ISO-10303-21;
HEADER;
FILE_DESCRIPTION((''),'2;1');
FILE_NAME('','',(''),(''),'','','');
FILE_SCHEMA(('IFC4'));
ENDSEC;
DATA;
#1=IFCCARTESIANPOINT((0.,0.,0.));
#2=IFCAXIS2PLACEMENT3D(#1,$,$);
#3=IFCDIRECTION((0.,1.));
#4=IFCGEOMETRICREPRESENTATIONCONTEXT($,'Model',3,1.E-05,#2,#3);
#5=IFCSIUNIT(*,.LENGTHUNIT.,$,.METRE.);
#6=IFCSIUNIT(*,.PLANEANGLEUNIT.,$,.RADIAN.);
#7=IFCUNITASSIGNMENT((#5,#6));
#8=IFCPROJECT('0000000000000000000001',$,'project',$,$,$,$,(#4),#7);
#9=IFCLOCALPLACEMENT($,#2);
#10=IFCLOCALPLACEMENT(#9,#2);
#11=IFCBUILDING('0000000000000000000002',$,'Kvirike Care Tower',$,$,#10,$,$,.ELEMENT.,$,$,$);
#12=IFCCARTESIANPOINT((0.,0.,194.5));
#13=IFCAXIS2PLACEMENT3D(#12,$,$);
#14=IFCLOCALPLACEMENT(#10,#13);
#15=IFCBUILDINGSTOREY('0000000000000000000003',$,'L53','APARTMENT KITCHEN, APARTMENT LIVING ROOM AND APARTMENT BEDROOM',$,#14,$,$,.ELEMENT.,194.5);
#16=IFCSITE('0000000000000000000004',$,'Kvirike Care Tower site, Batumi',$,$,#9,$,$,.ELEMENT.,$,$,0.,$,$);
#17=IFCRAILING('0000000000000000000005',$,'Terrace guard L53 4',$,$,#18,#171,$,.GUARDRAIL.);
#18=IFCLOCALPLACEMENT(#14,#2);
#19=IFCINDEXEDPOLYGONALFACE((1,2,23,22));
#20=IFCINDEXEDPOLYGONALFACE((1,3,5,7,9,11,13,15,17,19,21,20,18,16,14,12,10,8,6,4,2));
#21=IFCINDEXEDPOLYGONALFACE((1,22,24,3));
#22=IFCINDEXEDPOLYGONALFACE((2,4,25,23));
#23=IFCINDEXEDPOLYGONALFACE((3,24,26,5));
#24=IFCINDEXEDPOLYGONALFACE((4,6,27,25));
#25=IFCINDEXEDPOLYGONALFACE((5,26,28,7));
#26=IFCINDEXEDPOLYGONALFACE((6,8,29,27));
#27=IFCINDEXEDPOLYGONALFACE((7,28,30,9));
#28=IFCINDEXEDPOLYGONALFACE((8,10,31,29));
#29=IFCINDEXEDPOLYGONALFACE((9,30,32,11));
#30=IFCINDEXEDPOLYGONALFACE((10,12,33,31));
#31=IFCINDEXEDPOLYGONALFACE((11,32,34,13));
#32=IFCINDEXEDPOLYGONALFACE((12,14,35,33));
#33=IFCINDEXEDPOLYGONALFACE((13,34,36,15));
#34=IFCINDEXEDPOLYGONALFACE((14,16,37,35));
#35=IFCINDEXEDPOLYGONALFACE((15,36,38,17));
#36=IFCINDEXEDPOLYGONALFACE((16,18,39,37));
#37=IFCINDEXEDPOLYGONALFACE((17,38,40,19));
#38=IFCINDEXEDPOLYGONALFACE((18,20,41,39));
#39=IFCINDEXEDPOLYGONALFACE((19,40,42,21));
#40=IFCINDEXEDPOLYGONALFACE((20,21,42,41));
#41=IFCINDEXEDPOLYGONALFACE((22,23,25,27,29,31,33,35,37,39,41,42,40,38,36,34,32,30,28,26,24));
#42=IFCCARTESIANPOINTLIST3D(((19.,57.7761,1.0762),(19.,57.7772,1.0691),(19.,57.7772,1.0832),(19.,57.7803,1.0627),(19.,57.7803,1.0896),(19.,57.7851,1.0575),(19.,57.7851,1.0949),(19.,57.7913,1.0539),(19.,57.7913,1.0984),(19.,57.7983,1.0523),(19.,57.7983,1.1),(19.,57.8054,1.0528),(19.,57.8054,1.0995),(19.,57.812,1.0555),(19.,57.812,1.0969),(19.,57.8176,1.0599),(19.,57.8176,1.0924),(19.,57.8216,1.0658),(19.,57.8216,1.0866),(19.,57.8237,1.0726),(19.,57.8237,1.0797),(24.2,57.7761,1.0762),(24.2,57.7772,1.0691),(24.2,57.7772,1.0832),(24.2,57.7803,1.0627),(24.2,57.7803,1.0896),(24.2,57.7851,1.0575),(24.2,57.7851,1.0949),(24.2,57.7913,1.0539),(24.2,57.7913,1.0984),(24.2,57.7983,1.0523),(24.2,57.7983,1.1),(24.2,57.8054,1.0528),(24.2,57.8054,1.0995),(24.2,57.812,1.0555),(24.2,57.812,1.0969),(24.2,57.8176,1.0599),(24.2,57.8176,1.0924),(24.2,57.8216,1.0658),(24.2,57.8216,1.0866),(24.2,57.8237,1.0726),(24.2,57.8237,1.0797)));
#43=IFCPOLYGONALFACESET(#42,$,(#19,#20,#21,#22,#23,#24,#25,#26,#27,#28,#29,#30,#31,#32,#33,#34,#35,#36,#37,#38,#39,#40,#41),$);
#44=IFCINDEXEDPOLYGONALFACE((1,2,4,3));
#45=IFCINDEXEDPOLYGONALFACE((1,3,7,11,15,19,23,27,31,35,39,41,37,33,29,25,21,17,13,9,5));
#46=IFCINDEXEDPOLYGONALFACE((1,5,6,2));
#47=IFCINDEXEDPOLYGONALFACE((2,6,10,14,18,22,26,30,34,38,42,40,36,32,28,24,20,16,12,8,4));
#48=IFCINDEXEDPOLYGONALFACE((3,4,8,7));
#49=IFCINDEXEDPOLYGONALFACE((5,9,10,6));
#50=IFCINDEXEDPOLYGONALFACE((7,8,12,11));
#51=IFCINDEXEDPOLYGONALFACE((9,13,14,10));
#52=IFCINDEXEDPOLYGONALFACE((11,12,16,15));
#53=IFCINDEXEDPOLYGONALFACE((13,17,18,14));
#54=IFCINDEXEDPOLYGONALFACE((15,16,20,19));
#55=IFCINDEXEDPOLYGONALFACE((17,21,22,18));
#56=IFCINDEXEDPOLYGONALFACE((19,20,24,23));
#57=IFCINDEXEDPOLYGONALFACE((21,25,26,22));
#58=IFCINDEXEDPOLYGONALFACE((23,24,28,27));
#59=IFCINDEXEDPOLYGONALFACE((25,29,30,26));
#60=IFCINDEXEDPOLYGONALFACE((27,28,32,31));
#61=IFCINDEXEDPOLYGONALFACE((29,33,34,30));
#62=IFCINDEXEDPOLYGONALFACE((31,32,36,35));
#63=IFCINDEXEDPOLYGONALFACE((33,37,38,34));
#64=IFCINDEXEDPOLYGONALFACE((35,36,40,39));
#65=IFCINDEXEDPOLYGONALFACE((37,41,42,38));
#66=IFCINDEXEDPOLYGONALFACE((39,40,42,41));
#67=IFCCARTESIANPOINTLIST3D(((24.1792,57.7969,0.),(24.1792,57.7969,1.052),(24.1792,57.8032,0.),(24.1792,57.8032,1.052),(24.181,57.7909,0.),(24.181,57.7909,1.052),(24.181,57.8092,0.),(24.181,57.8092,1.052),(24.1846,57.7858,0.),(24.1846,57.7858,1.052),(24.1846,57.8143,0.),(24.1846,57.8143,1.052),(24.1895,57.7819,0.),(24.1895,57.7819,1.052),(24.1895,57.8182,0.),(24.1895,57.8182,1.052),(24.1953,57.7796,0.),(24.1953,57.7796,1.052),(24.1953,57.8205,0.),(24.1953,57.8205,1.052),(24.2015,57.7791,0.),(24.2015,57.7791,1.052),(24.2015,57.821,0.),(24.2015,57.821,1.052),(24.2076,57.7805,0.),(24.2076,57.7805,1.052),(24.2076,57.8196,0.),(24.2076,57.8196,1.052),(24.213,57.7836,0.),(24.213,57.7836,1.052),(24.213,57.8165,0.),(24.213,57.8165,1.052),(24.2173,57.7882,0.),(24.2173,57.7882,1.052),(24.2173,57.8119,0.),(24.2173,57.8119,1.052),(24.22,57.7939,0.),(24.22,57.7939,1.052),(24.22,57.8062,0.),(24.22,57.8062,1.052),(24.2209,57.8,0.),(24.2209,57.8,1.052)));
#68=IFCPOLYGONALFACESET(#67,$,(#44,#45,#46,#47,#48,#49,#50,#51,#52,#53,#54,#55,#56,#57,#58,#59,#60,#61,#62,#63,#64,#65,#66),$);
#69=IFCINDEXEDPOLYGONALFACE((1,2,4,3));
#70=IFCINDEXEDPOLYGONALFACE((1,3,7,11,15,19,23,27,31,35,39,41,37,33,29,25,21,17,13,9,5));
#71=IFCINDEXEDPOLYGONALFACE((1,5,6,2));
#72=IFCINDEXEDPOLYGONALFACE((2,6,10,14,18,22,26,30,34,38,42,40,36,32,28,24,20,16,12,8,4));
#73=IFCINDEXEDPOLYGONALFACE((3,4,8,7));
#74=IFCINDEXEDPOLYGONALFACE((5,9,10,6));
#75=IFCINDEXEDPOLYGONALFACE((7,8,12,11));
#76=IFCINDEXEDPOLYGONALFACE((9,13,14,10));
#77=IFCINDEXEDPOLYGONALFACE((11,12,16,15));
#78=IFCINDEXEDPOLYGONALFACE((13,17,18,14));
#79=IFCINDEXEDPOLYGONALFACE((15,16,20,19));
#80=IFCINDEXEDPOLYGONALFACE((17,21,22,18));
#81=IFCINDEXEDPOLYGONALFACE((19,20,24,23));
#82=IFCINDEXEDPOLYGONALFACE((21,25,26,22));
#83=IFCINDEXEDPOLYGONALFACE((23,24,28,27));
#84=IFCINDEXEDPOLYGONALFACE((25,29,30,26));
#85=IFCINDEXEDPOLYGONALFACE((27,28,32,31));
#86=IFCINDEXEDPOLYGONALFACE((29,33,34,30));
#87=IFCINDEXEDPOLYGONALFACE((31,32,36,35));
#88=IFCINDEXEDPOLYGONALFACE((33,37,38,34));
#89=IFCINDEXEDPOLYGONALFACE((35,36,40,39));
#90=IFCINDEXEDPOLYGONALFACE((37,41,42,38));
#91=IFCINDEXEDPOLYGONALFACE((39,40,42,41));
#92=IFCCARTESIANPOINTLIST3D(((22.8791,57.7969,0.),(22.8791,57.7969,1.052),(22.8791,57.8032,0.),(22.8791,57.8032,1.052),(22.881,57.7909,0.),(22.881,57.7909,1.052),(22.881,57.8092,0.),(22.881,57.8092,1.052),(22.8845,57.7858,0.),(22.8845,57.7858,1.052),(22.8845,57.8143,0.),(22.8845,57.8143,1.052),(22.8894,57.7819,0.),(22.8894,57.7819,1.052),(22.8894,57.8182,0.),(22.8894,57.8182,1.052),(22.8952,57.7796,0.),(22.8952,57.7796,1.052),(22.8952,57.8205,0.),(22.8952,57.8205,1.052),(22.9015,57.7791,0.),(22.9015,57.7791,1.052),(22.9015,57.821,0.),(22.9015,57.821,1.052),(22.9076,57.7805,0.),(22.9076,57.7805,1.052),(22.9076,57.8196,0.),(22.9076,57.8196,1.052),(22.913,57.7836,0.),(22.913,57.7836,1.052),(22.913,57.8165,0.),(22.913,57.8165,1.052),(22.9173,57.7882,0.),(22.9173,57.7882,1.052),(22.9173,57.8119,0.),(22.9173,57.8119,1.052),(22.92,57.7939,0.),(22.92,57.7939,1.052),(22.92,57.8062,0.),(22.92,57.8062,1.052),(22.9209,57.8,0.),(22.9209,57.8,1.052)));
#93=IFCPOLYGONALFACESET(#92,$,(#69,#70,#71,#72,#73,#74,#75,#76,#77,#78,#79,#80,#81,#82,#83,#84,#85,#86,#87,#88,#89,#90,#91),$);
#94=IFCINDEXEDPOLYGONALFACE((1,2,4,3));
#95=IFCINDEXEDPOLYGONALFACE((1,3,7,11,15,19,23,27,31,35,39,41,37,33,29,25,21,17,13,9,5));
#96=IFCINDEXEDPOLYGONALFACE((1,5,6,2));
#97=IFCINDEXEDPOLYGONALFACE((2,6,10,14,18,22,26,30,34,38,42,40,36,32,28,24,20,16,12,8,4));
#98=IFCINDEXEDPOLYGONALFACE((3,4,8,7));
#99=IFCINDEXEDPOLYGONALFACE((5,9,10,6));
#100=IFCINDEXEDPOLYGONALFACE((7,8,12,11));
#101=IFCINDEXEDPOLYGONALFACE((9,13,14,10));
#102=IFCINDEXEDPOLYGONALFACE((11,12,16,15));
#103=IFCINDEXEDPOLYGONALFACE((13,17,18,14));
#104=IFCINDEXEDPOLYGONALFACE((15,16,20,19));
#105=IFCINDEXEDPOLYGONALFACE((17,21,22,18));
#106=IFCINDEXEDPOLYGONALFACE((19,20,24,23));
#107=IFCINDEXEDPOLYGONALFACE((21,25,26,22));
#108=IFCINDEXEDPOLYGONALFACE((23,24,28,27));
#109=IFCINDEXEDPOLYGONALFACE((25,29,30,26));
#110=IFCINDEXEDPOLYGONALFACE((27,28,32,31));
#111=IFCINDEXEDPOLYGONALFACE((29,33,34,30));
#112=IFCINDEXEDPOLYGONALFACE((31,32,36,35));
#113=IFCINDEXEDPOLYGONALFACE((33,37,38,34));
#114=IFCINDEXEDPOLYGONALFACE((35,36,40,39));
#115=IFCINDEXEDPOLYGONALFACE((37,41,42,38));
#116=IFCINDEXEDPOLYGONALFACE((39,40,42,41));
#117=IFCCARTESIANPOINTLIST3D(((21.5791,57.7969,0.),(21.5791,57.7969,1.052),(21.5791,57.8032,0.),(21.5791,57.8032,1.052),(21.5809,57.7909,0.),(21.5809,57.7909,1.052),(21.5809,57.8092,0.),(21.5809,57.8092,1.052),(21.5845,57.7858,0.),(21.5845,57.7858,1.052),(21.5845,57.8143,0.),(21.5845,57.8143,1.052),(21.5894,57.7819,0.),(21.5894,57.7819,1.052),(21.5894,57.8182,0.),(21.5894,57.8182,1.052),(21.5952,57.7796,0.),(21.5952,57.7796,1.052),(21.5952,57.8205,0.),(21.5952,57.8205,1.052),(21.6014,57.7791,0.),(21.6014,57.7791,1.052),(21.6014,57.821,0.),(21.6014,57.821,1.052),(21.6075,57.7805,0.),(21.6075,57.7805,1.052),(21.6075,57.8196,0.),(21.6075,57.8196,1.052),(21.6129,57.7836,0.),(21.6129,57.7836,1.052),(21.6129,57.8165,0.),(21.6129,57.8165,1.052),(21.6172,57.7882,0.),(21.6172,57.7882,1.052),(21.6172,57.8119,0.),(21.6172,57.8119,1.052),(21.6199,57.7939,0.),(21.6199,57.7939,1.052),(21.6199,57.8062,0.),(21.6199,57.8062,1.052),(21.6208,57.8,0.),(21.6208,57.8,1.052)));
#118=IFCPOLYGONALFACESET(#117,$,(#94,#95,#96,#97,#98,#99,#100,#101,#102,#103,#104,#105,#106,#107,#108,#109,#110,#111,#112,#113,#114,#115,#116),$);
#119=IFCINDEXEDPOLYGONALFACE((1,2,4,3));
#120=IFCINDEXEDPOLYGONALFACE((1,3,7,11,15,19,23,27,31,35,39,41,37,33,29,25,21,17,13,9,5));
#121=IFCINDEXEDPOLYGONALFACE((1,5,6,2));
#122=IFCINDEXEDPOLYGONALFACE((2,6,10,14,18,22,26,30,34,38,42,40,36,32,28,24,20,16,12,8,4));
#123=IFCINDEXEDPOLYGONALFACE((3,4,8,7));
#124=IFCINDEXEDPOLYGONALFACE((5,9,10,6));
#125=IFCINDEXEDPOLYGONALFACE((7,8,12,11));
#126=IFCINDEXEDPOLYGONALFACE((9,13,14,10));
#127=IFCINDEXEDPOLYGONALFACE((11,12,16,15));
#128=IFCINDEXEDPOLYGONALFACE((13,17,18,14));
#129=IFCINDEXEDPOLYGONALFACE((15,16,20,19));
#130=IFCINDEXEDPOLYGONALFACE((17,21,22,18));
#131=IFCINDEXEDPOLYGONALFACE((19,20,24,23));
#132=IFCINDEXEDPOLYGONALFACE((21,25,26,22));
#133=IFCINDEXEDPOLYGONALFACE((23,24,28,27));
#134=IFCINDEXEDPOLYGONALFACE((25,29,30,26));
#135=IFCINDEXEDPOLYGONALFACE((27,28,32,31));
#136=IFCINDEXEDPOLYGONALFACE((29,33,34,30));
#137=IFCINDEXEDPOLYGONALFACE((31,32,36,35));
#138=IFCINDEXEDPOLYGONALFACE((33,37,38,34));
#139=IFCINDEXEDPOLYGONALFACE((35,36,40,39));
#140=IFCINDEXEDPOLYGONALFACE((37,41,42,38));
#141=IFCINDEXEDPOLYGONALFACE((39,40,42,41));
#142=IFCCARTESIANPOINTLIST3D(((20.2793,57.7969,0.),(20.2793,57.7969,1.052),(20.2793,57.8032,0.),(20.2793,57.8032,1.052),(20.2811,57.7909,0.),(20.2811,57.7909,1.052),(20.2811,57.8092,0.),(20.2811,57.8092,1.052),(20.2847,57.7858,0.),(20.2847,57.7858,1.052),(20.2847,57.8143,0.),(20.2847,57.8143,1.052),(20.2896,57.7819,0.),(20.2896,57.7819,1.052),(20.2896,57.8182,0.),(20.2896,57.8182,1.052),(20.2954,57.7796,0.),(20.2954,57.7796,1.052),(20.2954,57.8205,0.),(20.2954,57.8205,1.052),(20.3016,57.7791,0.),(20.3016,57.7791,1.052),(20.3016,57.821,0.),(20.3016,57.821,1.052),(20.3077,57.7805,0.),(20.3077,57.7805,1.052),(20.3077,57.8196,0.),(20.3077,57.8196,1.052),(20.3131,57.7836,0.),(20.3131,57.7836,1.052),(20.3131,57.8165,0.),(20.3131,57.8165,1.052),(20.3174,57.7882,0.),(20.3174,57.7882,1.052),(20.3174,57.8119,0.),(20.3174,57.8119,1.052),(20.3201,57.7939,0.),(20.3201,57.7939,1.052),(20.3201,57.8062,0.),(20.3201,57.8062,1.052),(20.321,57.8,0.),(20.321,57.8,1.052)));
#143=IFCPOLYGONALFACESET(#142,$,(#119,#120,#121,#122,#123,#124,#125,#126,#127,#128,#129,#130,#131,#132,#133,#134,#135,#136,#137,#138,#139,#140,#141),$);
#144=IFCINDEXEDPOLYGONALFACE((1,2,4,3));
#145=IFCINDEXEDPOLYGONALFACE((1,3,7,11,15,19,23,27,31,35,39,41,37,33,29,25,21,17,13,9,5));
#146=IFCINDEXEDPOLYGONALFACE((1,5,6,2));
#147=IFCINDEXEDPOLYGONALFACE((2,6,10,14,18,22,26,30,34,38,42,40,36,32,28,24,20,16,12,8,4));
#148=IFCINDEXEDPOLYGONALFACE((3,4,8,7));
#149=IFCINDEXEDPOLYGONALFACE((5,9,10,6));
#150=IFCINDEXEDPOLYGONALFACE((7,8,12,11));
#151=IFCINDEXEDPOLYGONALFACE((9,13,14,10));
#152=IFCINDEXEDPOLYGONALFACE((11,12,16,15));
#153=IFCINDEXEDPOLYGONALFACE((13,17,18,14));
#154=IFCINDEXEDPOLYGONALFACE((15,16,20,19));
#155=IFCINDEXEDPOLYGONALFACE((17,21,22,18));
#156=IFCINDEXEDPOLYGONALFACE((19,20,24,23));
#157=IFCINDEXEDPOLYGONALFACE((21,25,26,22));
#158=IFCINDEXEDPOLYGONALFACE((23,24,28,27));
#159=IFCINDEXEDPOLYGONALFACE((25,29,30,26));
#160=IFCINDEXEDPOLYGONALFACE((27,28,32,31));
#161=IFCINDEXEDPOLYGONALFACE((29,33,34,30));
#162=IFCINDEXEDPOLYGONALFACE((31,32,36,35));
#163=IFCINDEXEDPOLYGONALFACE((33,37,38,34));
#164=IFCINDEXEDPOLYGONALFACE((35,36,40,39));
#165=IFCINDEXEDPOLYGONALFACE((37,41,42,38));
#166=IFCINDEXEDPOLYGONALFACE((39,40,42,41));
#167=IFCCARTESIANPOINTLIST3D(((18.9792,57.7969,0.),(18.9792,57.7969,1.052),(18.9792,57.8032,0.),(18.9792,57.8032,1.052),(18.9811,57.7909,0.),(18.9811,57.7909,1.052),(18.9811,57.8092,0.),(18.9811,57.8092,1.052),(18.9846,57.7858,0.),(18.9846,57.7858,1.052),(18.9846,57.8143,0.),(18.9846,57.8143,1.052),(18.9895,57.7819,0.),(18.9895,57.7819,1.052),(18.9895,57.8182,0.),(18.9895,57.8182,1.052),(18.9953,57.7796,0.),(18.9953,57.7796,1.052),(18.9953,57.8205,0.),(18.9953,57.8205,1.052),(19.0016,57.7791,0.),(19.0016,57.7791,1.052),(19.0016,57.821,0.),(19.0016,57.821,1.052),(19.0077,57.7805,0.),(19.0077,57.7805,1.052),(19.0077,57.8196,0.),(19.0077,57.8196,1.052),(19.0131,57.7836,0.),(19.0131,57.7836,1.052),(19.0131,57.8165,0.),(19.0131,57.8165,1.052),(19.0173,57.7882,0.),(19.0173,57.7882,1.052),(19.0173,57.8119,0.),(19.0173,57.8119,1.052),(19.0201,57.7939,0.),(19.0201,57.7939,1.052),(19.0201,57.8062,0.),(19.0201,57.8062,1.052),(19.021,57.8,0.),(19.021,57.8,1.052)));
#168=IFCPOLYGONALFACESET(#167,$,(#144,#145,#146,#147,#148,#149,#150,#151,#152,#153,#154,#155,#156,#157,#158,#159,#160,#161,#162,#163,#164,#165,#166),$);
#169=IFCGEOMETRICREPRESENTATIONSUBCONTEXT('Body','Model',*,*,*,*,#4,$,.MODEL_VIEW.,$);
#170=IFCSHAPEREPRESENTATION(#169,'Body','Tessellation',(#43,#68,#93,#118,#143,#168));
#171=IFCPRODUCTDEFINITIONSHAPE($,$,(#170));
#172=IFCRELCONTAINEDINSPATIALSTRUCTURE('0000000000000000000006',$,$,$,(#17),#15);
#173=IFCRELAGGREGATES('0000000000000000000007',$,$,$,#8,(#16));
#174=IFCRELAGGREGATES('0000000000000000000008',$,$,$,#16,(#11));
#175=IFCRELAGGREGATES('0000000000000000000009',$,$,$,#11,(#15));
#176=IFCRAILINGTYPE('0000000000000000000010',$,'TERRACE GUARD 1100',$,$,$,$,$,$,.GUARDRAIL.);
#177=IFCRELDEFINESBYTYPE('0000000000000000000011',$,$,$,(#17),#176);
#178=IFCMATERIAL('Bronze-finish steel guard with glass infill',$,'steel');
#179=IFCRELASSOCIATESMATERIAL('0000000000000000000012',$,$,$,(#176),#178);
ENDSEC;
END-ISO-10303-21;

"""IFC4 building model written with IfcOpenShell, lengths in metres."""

from ifc_helpers import new_model, si_unit, direction, frame, origin, origin_2d, place, context, subcontext, project, spatial, circle, extrude, material, type_object, element, save


model = new_model("IFC4")

# Units and contexts
model_context = context("Model", 3, precision=1e-05, world=origin(), true_north=direction((0.0, 1.0)))
body_context = subcontext(model_context, "Body", "Model", "MODEL_VIEW")
ifc_project = project(units=[si_unit("LENGTHUNIT", "METRE"), si_unit("PLANEANGLEUNIT", "RADIAN")], contexts=[model_context])

# Site, building, storey
site_placement = place(None, origin())
site = spatial("IfcSite", under=ifc_project, at=site_placement, Name="Kvirike Care Tower site, Batumi", CompositionType="ELEMENT", RefElevation=0.0)
building_placement = place(site_placement, origin())
building = spatial("IfcBuilding", under=site, at=building_placement, Name="Kvirike Care Tower", CompositionType="ELEMENT")
storey_placement = place(building_placement, frame((0.0, 0.0, 194.5)))
storey = spatial("IfcBuildingStorey", under=building, at=storey_placement, Name="L53", Description="APARTMENT KITCHEN, APARTMENT LIVING ROOM AND APARTMENT BEDROOM", CompositionType="ELEMENT", Elevation=194.5)

# Railing
ifc_material_1 = material(Name="Bronze-finish steel guard with glass infill", Category="steel")
railing_type = type_object("IfcRailingType", Name="TERRACE GUARD 1100", PredefinedType="GUARDRAIL", material=ifc_material_1)
railing_1_placement = place(storey_placement, frame((24.2, 57.8, 0.0)))
element("IfcRailing", 1, at=railing_1_placement, inside=storey, type_object=railing_type, Name="Terrace guard L53 4", PredefinedType="GUARDRAIL", context=body_context, shape_type="SweptSolid", body=[
    extrude(circle(Radius=0.0239, at=origin_2d()), frame((0.0, 0.0, 1.0762), z_axis=(-1.0, 0.0, 0.0), x_axis=(0.0, -1.0, 0.0)), (0.0, 0.0, 1.0), 5.2),
    extrude(circle(Radius=0.021, at=origin_2d()), origin(), (0.0, 0.0, 1.0), 1.052),
    extrude(circle(Radius=0.021, at=origin_2d()), frame((-1.3, 0.0, 0.0)), (0.0, 0.0, 1.0), 1.052),
    extrude(circle(Radius=0.021, at=origin_2d()), frame((-2.6001, 0.0, 0.0)), (0.0, 0.0, 1.0), 1.052),
    extrude(circle(Radius=0.021, at=origin_2d()), frame((-3.8999, 0.0, 0.0)), (0.0, 0.0, 1.0), 1.052),
    extrude(circle(Radius=0.021, at=origin_2d()), frame((-5.2, 0.0, 0.0)), (0.0, 0.0, 1.0), 1.052),
])

save(model, "model.ifc")
